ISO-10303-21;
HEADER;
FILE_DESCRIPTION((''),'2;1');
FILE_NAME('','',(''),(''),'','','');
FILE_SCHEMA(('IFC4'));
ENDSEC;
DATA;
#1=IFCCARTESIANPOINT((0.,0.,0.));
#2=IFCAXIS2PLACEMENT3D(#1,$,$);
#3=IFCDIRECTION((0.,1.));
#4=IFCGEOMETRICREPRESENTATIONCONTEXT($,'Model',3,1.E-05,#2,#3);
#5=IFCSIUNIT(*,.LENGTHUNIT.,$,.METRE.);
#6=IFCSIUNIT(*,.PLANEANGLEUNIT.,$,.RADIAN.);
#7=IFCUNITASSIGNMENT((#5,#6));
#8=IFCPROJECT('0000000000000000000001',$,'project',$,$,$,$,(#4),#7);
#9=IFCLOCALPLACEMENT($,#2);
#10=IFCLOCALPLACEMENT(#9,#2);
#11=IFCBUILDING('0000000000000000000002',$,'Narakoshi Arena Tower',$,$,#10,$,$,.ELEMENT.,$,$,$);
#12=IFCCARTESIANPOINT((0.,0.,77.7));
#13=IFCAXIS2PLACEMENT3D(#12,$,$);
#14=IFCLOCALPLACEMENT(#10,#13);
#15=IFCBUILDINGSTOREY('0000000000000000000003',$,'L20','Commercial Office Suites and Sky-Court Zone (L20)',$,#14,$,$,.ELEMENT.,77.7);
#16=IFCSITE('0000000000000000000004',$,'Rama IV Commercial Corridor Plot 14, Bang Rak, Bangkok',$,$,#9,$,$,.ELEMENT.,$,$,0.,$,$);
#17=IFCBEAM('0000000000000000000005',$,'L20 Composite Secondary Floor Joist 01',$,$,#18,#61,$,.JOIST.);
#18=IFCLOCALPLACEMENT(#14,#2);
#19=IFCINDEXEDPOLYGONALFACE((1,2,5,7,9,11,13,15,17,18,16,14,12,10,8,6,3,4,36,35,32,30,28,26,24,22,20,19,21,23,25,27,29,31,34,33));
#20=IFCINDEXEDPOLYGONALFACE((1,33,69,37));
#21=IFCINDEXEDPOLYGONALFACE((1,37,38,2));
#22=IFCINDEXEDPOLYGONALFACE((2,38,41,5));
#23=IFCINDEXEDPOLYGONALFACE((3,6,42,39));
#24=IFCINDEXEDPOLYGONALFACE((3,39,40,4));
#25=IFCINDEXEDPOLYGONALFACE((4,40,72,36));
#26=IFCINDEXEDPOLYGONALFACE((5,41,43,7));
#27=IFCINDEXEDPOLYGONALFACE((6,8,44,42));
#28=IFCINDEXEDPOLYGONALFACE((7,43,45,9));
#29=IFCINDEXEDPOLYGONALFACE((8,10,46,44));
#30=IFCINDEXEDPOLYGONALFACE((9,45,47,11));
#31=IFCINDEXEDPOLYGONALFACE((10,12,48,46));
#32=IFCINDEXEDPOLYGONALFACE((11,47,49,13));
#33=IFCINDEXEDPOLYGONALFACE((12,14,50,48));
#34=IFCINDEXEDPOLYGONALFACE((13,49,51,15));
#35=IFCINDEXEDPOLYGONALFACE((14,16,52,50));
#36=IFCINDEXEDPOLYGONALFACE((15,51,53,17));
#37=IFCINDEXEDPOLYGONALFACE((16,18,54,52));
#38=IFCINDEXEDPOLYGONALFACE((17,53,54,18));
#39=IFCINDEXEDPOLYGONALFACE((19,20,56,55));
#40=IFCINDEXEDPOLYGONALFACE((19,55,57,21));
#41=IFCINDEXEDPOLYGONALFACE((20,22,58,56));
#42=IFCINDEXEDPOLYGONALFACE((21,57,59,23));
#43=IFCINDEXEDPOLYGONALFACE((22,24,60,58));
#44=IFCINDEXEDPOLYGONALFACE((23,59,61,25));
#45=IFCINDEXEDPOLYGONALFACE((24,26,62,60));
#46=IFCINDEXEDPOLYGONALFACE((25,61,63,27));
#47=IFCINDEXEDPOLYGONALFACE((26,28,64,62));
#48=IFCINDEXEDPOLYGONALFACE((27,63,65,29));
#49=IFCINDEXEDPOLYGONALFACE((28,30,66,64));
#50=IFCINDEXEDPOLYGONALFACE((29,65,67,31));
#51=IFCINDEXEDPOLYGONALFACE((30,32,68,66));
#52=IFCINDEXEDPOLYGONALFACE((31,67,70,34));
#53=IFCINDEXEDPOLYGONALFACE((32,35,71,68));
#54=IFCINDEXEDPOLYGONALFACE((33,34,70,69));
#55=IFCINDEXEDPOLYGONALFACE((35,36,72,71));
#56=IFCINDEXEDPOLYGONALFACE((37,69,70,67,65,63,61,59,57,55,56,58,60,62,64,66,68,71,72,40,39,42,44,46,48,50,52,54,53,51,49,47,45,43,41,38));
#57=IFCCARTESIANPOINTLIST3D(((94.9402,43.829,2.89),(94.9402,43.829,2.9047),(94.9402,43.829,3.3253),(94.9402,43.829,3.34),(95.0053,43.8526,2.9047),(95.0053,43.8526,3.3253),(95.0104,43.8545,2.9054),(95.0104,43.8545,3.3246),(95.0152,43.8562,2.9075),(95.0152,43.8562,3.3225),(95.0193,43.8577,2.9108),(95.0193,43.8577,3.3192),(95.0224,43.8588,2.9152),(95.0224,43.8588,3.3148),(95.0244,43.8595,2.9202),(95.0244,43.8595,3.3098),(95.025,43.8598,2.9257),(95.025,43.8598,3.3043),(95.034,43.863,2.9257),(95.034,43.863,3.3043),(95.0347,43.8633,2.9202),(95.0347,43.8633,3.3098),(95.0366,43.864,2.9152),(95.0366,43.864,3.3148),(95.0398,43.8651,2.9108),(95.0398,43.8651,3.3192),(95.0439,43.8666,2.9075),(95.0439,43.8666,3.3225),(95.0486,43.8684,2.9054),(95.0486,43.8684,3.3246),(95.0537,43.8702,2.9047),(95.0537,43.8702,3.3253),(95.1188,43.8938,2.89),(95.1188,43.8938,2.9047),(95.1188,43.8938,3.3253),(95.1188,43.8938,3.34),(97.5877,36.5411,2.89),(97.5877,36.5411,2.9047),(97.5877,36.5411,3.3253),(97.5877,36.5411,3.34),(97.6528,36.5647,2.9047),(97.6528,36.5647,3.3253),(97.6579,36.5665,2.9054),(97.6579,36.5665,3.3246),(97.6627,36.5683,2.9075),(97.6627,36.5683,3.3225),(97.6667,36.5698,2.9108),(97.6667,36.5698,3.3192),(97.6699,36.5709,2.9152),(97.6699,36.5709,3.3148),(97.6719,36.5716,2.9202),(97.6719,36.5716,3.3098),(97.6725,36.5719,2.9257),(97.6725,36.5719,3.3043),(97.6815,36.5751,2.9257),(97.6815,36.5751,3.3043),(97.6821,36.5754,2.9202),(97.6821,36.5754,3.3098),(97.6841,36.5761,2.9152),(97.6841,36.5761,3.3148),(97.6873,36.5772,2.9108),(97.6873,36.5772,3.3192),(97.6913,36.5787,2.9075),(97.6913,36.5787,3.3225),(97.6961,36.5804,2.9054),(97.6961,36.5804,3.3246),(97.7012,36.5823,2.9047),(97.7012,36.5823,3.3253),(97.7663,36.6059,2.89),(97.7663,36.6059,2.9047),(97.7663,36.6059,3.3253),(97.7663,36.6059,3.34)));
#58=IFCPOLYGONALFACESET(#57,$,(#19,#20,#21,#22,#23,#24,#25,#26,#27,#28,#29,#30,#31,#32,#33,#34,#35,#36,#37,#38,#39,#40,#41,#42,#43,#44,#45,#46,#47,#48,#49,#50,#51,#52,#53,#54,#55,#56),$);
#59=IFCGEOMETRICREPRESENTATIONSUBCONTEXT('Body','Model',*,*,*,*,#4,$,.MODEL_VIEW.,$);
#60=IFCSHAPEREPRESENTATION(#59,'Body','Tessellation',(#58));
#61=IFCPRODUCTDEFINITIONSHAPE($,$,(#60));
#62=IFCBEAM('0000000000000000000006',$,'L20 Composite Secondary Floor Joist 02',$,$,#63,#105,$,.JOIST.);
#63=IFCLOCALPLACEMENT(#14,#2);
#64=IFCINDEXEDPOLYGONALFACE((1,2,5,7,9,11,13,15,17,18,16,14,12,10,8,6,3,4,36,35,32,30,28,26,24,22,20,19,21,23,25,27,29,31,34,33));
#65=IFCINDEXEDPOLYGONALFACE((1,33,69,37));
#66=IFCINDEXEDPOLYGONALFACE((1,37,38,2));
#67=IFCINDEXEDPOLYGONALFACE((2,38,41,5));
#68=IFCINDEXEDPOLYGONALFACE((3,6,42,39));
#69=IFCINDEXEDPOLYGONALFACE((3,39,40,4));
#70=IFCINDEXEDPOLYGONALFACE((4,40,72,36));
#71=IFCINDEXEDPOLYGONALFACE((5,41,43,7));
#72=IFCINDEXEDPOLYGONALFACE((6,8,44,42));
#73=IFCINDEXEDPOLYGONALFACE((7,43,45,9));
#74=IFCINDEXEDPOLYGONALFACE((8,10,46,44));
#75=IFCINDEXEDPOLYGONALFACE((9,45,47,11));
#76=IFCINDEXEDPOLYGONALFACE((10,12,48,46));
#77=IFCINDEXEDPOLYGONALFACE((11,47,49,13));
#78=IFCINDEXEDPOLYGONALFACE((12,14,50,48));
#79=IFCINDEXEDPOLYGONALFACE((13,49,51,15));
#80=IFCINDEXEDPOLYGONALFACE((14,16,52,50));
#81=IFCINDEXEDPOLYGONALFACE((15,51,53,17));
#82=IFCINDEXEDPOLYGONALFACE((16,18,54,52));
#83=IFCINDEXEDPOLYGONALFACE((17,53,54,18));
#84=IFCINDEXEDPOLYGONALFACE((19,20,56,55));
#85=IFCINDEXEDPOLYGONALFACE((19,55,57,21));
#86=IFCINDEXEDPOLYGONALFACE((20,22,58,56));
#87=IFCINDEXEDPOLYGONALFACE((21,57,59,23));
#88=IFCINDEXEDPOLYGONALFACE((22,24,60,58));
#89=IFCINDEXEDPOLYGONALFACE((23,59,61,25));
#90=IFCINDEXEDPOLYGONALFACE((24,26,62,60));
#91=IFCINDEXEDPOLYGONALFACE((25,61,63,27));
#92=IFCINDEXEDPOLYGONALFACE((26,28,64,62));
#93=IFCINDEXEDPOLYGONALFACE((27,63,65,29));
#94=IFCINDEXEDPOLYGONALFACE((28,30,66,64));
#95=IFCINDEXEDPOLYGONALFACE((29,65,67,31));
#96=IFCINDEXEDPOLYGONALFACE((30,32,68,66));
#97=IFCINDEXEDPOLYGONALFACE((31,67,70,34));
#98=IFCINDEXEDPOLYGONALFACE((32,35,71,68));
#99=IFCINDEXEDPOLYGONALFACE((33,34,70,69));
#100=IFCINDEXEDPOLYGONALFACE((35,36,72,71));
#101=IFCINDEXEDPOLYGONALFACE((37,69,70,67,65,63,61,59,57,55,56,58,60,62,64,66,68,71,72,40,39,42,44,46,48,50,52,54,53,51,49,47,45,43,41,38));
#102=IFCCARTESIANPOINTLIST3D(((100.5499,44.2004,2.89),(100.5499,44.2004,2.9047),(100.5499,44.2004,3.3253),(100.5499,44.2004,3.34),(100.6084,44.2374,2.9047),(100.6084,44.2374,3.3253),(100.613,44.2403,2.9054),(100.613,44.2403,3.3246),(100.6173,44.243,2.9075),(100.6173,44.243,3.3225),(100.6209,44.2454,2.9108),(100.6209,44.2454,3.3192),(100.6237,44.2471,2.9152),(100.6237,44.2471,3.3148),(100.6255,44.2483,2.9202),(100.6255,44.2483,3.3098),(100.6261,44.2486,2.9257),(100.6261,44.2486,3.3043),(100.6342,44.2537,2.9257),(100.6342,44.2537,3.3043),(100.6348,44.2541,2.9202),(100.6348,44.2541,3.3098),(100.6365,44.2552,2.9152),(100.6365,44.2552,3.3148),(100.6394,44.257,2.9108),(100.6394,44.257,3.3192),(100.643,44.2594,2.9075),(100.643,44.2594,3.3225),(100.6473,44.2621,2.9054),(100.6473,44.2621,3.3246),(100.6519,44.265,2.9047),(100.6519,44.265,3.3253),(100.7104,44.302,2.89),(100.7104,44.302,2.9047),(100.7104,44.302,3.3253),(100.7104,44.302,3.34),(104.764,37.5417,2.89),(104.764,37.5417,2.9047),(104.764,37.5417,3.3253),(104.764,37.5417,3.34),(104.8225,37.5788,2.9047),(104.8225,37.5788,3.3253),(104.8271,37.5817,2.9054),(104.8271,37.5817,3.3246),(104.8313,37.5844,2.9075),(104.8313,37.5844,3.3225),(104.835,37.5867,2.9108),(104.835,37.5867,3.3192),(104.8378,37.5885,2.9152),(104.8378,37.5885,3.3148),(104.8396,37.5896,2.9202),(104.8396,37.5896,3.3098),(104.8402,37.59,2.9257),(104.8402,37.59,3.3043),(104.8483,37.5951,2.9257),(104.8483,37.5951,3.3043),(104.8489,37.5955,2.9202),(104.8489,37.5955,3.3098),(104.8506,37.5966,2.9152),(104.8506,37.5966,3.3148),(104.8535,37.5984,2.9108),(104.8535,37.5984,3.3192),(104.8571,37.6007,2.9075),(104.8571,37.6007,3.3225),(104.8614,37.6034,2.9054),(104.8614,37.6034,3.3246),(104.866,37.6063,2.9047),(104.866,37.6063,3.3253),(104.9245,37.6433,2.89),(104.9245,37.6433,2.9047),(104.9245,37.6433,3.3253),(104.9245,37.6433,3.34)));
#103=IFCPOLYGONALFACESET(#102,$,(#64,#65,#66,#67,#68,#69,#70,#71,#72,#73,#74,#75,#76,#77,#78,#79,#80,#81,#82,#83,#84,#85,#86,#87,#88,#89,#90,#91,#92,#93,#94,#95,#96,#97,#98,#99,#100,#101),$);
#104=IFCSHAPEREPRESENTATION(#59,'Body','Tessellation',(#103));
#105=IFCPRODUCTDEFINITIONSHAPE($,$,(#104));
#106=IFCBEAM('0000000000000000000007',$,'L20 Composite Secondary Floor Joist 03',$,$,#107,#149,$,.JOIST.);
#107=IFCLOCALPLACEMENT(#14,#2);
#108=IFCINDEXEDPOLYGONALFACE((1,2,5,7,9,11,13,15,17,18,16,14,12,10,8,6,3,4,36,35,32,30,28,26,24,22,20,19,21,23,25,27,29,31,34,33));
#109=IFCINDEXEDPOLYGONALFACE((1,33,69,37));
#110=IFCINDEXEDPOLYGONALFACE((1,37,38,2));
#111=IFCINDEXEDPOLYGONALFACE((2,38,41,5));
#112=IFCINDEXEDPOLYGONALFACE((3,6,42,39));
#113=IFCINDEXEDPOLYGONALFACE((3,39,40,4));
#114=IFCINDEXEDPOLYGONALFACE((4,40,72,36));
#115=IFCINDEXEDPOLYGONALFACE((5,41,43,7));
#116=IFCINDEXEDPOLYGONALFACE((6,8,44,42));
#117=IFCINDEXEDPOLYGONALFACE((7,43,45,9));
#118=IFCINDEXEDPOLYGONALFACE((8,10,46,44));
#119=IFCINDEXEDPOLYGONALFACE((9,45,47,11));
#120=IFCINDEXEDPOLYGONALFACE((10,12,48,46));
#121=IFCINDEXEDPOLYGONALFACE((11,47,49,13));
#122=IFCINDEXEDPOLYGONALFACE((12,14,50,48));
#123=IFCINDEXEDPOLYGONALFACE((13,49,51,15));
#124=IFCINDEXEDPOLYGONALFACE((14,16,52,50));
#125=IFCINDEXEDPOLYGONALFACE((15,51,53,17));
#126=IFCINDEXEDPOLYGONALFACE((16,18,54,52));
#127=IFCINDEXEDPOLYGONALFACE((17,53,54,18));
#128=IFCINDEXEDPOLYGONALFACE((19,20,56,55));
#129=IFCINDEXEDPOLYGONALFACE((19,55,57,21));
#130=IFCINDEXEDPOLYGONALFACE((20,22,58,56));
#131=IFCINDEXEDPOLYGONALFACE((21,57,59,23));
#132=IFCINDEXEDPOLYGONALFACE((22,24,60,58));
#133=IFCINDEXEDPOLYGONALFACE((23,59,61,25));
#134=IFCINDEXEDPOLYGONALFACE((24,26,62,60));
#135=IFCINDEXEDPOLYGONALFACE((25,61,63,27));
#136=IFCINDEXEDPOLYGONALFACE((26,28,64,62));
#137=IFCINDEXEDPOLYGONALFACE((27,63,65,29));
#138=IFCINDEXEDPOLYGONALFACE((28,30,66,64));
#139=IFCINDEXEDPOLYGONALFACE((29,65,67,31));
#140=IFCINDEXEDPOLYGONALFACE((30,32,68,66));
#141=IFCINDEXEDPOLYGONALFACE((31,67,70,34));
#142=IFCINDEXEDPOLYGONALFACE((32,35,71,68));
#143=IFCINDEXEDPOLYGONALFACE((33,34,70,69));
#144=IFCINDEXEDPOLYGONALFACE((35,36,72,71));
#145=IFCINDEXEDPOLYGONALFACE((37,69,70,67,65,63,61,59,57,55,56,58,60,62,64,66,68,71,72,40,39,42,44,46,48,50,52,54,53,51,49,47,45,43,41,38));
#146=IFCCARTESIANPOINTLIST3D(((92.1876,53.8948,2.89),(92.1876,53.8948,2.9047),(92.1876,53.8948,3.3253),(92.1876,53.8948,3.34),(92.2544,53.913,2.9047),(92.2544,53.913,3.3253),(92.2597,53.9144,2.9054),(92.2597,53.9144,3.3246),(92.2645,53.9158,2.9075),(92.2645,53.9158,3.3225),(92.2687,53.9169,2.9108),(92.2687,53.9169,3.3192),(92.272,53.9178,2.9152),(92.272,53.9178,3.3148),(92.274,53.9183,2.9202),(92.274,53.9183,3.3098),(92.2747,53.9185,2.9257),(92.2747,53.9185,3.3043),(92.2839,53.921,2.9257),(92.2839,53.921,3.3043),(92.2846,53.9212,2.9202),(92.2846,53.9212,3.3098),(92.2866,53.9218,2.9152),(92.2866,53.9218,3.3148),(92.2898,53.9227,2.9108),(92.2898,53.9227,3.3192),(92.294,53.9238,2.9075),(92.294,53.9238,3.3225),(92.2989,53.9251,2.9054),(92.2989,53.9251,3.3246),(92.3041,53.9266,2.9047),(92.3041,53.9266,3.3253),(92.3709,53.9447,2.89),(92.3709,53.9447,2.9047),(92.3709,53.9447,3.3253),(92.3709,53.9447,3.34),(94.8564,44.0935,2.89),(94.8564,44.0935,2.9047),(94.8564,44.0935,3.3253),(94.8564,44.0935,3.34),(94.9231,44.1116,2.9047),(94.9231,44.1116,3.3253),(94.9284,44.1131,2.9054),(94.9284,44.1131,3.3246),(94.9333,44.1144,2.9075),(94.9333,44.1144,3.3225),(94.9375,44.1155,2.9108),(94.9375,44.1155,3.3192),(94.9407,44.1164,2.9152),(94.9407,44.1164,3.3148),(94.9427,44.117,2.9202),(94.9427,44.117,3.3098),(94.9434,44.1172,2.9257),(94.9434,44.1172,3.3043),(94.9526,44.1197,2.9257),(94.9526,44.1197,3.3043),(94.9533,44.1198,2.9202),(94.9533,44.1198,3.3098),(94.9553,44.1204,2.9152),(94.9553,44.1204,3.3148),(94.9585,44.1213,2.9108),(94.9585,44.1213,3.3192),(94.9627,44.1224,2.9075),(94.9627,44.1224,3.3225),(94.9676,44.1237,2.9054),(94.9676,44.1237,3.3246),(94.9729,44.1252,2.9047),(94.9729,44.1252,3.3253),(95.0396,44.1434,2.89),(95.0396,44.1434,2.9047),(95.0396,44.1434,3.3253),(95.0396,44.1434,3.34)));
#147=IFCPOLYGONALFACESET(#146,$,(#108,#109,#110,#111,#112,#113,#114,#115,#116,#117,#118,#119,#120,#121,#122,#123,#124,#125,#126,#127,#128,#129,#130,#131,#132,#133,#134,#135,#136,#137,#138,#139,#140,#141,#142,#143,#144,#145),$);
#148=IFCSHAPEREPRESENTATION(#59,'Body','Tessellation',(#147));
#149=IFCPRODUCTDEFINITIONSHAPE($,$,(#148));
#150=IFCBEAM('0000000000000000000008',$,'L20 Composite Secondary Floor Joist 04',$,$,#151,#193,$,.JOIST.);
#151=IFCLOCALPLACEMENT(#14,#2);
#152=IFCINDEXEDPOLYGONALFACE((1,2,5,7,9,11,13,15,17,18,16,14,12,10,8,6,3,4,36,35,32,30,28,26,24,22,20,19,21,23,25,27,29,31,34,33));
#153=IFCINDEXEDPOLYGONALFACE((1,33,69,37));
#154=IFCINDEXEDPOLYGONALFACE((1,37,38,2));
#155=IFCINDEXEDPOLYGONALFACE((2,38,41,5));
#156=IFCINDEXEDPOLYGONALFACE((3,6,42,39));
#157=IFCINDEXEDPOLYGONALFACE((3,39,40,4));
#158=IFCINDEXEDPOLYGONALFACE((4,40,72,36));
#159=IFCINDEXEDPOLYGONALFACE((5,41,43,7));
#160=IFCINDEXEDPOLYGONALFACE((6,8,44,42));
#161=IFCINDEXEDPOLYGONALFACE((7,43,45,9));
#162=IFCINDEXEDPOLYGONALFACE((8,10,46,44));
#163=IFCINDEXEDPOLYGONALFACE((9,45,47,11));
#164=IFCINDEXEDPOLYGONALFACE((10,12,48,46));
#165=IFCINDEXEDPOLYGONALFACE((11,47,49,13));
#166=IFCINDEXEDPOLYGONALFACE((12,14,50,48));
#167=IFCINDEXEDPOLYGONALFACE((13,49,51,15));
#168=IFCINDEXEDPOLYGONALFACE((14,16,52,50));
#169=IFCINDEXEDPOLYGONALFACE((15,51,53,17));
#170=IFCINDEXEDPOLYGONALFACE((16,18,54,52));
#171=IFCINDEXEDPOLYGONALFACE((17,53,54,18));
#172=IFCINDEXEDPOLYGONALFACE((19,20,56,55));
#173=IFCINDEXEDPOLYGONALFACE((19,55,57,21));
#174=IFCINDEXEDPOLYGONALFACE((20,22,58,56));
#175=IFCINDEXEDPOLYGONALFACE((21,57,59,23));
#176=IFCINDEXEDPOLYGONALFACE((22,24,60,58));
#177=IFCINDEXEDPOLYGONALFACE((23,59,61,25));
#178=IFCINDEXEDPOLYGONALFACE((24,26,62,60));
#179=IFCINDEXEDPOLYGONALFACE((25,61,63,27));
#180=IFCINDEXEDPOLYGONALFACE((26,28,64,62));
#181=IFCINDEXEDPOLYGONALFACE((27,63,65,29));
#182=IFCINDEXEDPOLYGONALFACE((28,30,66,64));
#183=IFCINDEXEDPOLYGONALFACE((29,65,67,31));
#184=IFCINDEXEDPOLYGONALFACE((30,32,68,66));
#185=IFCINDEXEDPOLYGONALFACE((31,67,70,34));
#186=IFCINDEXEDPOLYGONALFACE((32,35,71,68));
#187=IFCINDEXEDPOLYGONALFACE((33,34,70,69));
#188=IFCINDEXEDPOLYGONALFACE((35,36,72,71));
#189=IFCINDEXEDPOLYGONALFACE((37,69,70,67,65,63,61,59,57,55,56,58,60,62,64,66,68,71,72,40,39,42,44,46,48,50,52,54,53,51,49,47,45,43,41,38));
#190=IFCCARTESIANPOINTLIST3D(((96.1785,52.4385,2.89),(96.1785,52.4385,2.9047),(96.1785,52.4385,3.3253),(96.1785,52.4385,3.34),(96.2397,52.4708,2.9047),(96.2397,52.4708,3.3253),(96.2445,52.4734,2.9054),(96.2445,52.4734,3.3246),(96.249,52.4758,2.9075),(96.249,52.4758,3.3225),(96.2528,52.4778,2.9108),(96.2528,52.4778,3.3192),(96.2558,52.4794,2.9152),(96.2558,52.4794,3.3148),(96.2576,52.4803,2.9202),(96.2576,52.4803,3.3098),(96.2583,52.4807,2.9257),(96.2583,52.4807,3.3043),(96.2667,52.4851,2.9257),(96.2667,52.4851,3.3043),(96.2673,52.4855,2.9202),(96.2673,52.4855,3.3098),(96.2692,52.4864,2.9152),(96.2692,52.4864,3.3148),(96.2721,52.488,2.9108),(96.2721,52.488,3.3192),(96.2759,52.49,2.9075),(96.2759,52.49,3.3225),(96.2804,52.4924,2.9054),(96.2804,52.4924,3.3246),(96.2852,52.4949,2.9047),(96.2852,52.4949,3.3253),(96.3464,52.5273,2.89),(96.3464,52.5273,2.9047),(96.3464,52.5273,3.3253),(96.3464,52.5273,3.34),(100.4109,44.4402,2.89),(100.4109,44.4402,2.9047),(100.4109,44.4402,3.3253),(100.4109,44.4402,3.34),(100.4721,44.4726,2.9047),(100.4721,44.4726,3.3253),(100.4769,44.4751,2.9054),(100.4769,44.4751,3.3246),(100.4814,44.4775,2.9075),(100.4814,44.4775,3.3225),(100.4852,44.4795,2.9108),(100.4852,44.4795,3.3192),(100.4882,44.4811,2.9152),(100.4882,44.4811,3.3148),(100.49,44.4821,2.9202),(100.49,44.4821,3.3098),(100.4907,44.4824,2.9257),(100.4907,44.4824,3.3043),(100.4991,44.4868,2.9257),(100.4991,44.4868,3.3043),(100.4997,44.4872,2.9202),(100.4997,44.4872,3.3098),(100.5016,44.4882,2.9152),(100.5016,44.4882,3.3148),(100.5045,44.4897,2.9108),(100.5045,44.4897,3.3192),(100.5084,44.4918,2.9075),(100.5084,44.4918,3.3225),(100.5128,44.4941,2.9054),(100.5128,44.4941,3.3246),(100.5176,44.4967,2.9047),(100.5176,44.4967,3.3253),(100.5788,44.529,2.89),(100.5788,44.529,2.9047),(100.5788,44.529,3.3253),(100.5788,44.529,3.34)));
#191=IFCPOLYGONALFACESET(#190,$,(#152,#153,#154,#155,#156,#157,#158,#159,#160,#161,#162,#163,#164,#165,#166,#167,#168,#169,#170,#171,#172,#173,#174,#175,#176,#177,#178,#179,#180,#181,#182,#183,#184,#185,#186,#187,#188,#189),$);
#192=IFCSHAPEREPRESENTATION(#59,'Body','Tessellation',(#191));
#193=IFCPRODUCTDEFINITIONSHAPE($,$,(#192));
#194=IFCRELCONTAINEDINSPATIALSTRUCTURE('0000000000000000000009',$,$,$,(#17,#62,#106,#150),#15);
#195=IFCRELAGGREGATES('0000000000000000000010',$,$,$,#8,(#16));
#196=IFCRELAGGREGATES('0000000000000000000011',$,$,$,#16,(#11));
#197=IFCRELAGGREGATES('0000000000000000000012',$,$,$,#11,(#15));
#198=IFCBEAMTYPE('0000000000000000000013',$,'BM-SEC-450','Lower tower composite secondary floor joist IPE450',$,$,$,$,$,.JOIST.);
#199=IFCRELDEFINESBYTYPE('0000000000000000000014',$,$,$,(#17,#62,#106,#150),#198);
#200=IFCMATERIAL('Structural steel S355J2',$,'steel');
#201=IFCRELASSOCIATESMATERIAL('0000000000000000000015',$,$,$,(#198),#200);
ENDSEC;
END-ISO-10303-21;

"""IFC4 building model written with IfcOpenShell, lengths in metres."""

from ifc_helpers import new_model, si_unit, direction, frame, origin, origin_2d, place, context, subcontext, project, spatial, i_section, extrude, material, material_profile, profile_set, type_object, element, save


model = new_model("IFC4")

# Units and contexts
model_context = context("Model", 3, precision=1e-05, world=origin(), true_north=direction((0.0, 1.0)))
body_context = subcontext(model_context, "Body", "Model", "MODEL_VIEW")
ifc_project = project(units=[si_unit("LENGTHUNIT", "METRE"), si_unit("PLANEANGLEUNIT", "RADIAN")], contexts=[model_context])

# Site, building, storey
site_placement = place(None, origin())
site = spatial("IfcSite", under=ifc_project, at=site_placement, Name="Rama IV Commercial Corridor Plot 14, Bang Rak, Bangkok", CompositionType="ELEMENT", RefElevation=0.0)
building_placement = place(site_placement, origin())
building = spatial("IfcBuilding", under=site, at=building_placement, Name="Narakoshi Arena Tower", CompositionType="ELEMENT")
storey_placement = place(building_placement, frame((0.0, 0.0, 77.7)))
storey = spatial("IfcBuildingStorey", under=building, at=storey_placement, Name="L20", Description="Commercial Office Suites and Sky-Court Zone (L20)", CompositionType="ELEMENT", Elevation=77.7)

# Beams
ifc_material_1 = material(Name="Structural steel S355J2", Category="steel")
ifc_material_profile_1 = material_profile(ifc_material_1, i_section(OverallWidth=0.1899, OverallDepth=0.45, WebThickness=0.0095, FlangeThickness=0.0146, FilletRadius=0.021, at=origin_2d()), Name="IPE450")
ifc_profile_set_1 = profile_set([ifc_material_profile_1], Name="Structural steel S355J2")
beam_type_1 = type_object("IfcBeamType", Name="BM-SEC-450", Description="Lower tower composite secondary floor joist IPE450", PredefinedType="JOIST", material=ifc_profile_set_1)
beam_1_placement = place(storey_placement, frame((97.677, 36.5735, 3.115), z_axis=(-0.34144, 0.939904, 0.0), x_axis=(-0.939904, -0.34144, 0.0)))
element("IfcBeam", 1, at=beam_1_placement, inside=storey, type_object=beam_type_1, Name="L20 Composite Secondary Floor Joist 01", PredefinedType="JOIST", context=body_context, shape_type="SweptSolid", body=[
    extrude(i_section(OverallWidth=0.1899, OverallDepth=0.45, WebThickness=0.0095, FlangeThickness=0.0146, FilletRadius=0.021, at=origin_2d()), origin(), (0.0, 0.0, 1.0), 7.7539),
])
beam_2_placement = place(storey_placement, frame((104.8442, 37.5925, 3.115), z_axis=(-0.534775, 0.844995, 0.0), x_axis=(-0.844995, -0.534775, 0.0)))
element("IfcBeam", 2, at=beam_2_placement, inside=storey, type_object=beam_type_1, Name="L20 Composite Secondary Floor Joist 02", PredefinedType="JOIST", context=body_context, shape_type="SweptSolid", body=[
    extrude(i_section(OverallWidth=0.1899, OverallDepth=0.45, WebThickness=0.0095, FlangeThickness=0.0146, FilletRadius=0.021, at=origin_2d()), origin(), (0.0, 0.0, 1.0), 7.8801),
])
beam_3_placement = place(storey_placement, frame((94.948, 44.1184, 3.115), z_axis=(-0.262717, 0.964873, 0.0), x_axis=(-0.964873, -0.262717, 0.0)))
element("IfcBeam", 3, at=beam_3_placement, inside=storey, type_object=beam_type_1, Name="L20 Composite Secondary Floor Joist 03", PredefinedType="JOIST", context=body_context, shape_type="SweptSolid", body=[
    extrude(i_section(OverallWidth=0.1899, OverallDepth=0.45, WebThickness=0.0095, FlangeThickness=0.0146, FilletRadius=0.021, at=origin_2d()), origin(), (0.0, 0.0, 1.0), 10.1582),
])
beam_4_placement = place(storey_placement, frame((100.4949, 44.4846, 3.115), z_axis=(-0.467718, 0.883878, 0.0), x_axis=(-0.883878, -0.467718, 0.0)))
element("IfcBeam", 4, at=beam_4_placement, inside=storey, type_object=beam_type_1, Name="L20 Composite Secondary Floor Joist 04", PredefinedType="JOIST", context=body_context, shape_type="SweptSolid", body=[
    extrude(i_section(OverallWidth=0.1899, OverallDepth=0.45, WebThickness=0.0095, FlangeThickness=0.0146, FilletRadius=0.021, at=origin_2d()), origin(), (0.0, 0.0, 1.0), 9.0491),
])

save(model, "model.ifc")
